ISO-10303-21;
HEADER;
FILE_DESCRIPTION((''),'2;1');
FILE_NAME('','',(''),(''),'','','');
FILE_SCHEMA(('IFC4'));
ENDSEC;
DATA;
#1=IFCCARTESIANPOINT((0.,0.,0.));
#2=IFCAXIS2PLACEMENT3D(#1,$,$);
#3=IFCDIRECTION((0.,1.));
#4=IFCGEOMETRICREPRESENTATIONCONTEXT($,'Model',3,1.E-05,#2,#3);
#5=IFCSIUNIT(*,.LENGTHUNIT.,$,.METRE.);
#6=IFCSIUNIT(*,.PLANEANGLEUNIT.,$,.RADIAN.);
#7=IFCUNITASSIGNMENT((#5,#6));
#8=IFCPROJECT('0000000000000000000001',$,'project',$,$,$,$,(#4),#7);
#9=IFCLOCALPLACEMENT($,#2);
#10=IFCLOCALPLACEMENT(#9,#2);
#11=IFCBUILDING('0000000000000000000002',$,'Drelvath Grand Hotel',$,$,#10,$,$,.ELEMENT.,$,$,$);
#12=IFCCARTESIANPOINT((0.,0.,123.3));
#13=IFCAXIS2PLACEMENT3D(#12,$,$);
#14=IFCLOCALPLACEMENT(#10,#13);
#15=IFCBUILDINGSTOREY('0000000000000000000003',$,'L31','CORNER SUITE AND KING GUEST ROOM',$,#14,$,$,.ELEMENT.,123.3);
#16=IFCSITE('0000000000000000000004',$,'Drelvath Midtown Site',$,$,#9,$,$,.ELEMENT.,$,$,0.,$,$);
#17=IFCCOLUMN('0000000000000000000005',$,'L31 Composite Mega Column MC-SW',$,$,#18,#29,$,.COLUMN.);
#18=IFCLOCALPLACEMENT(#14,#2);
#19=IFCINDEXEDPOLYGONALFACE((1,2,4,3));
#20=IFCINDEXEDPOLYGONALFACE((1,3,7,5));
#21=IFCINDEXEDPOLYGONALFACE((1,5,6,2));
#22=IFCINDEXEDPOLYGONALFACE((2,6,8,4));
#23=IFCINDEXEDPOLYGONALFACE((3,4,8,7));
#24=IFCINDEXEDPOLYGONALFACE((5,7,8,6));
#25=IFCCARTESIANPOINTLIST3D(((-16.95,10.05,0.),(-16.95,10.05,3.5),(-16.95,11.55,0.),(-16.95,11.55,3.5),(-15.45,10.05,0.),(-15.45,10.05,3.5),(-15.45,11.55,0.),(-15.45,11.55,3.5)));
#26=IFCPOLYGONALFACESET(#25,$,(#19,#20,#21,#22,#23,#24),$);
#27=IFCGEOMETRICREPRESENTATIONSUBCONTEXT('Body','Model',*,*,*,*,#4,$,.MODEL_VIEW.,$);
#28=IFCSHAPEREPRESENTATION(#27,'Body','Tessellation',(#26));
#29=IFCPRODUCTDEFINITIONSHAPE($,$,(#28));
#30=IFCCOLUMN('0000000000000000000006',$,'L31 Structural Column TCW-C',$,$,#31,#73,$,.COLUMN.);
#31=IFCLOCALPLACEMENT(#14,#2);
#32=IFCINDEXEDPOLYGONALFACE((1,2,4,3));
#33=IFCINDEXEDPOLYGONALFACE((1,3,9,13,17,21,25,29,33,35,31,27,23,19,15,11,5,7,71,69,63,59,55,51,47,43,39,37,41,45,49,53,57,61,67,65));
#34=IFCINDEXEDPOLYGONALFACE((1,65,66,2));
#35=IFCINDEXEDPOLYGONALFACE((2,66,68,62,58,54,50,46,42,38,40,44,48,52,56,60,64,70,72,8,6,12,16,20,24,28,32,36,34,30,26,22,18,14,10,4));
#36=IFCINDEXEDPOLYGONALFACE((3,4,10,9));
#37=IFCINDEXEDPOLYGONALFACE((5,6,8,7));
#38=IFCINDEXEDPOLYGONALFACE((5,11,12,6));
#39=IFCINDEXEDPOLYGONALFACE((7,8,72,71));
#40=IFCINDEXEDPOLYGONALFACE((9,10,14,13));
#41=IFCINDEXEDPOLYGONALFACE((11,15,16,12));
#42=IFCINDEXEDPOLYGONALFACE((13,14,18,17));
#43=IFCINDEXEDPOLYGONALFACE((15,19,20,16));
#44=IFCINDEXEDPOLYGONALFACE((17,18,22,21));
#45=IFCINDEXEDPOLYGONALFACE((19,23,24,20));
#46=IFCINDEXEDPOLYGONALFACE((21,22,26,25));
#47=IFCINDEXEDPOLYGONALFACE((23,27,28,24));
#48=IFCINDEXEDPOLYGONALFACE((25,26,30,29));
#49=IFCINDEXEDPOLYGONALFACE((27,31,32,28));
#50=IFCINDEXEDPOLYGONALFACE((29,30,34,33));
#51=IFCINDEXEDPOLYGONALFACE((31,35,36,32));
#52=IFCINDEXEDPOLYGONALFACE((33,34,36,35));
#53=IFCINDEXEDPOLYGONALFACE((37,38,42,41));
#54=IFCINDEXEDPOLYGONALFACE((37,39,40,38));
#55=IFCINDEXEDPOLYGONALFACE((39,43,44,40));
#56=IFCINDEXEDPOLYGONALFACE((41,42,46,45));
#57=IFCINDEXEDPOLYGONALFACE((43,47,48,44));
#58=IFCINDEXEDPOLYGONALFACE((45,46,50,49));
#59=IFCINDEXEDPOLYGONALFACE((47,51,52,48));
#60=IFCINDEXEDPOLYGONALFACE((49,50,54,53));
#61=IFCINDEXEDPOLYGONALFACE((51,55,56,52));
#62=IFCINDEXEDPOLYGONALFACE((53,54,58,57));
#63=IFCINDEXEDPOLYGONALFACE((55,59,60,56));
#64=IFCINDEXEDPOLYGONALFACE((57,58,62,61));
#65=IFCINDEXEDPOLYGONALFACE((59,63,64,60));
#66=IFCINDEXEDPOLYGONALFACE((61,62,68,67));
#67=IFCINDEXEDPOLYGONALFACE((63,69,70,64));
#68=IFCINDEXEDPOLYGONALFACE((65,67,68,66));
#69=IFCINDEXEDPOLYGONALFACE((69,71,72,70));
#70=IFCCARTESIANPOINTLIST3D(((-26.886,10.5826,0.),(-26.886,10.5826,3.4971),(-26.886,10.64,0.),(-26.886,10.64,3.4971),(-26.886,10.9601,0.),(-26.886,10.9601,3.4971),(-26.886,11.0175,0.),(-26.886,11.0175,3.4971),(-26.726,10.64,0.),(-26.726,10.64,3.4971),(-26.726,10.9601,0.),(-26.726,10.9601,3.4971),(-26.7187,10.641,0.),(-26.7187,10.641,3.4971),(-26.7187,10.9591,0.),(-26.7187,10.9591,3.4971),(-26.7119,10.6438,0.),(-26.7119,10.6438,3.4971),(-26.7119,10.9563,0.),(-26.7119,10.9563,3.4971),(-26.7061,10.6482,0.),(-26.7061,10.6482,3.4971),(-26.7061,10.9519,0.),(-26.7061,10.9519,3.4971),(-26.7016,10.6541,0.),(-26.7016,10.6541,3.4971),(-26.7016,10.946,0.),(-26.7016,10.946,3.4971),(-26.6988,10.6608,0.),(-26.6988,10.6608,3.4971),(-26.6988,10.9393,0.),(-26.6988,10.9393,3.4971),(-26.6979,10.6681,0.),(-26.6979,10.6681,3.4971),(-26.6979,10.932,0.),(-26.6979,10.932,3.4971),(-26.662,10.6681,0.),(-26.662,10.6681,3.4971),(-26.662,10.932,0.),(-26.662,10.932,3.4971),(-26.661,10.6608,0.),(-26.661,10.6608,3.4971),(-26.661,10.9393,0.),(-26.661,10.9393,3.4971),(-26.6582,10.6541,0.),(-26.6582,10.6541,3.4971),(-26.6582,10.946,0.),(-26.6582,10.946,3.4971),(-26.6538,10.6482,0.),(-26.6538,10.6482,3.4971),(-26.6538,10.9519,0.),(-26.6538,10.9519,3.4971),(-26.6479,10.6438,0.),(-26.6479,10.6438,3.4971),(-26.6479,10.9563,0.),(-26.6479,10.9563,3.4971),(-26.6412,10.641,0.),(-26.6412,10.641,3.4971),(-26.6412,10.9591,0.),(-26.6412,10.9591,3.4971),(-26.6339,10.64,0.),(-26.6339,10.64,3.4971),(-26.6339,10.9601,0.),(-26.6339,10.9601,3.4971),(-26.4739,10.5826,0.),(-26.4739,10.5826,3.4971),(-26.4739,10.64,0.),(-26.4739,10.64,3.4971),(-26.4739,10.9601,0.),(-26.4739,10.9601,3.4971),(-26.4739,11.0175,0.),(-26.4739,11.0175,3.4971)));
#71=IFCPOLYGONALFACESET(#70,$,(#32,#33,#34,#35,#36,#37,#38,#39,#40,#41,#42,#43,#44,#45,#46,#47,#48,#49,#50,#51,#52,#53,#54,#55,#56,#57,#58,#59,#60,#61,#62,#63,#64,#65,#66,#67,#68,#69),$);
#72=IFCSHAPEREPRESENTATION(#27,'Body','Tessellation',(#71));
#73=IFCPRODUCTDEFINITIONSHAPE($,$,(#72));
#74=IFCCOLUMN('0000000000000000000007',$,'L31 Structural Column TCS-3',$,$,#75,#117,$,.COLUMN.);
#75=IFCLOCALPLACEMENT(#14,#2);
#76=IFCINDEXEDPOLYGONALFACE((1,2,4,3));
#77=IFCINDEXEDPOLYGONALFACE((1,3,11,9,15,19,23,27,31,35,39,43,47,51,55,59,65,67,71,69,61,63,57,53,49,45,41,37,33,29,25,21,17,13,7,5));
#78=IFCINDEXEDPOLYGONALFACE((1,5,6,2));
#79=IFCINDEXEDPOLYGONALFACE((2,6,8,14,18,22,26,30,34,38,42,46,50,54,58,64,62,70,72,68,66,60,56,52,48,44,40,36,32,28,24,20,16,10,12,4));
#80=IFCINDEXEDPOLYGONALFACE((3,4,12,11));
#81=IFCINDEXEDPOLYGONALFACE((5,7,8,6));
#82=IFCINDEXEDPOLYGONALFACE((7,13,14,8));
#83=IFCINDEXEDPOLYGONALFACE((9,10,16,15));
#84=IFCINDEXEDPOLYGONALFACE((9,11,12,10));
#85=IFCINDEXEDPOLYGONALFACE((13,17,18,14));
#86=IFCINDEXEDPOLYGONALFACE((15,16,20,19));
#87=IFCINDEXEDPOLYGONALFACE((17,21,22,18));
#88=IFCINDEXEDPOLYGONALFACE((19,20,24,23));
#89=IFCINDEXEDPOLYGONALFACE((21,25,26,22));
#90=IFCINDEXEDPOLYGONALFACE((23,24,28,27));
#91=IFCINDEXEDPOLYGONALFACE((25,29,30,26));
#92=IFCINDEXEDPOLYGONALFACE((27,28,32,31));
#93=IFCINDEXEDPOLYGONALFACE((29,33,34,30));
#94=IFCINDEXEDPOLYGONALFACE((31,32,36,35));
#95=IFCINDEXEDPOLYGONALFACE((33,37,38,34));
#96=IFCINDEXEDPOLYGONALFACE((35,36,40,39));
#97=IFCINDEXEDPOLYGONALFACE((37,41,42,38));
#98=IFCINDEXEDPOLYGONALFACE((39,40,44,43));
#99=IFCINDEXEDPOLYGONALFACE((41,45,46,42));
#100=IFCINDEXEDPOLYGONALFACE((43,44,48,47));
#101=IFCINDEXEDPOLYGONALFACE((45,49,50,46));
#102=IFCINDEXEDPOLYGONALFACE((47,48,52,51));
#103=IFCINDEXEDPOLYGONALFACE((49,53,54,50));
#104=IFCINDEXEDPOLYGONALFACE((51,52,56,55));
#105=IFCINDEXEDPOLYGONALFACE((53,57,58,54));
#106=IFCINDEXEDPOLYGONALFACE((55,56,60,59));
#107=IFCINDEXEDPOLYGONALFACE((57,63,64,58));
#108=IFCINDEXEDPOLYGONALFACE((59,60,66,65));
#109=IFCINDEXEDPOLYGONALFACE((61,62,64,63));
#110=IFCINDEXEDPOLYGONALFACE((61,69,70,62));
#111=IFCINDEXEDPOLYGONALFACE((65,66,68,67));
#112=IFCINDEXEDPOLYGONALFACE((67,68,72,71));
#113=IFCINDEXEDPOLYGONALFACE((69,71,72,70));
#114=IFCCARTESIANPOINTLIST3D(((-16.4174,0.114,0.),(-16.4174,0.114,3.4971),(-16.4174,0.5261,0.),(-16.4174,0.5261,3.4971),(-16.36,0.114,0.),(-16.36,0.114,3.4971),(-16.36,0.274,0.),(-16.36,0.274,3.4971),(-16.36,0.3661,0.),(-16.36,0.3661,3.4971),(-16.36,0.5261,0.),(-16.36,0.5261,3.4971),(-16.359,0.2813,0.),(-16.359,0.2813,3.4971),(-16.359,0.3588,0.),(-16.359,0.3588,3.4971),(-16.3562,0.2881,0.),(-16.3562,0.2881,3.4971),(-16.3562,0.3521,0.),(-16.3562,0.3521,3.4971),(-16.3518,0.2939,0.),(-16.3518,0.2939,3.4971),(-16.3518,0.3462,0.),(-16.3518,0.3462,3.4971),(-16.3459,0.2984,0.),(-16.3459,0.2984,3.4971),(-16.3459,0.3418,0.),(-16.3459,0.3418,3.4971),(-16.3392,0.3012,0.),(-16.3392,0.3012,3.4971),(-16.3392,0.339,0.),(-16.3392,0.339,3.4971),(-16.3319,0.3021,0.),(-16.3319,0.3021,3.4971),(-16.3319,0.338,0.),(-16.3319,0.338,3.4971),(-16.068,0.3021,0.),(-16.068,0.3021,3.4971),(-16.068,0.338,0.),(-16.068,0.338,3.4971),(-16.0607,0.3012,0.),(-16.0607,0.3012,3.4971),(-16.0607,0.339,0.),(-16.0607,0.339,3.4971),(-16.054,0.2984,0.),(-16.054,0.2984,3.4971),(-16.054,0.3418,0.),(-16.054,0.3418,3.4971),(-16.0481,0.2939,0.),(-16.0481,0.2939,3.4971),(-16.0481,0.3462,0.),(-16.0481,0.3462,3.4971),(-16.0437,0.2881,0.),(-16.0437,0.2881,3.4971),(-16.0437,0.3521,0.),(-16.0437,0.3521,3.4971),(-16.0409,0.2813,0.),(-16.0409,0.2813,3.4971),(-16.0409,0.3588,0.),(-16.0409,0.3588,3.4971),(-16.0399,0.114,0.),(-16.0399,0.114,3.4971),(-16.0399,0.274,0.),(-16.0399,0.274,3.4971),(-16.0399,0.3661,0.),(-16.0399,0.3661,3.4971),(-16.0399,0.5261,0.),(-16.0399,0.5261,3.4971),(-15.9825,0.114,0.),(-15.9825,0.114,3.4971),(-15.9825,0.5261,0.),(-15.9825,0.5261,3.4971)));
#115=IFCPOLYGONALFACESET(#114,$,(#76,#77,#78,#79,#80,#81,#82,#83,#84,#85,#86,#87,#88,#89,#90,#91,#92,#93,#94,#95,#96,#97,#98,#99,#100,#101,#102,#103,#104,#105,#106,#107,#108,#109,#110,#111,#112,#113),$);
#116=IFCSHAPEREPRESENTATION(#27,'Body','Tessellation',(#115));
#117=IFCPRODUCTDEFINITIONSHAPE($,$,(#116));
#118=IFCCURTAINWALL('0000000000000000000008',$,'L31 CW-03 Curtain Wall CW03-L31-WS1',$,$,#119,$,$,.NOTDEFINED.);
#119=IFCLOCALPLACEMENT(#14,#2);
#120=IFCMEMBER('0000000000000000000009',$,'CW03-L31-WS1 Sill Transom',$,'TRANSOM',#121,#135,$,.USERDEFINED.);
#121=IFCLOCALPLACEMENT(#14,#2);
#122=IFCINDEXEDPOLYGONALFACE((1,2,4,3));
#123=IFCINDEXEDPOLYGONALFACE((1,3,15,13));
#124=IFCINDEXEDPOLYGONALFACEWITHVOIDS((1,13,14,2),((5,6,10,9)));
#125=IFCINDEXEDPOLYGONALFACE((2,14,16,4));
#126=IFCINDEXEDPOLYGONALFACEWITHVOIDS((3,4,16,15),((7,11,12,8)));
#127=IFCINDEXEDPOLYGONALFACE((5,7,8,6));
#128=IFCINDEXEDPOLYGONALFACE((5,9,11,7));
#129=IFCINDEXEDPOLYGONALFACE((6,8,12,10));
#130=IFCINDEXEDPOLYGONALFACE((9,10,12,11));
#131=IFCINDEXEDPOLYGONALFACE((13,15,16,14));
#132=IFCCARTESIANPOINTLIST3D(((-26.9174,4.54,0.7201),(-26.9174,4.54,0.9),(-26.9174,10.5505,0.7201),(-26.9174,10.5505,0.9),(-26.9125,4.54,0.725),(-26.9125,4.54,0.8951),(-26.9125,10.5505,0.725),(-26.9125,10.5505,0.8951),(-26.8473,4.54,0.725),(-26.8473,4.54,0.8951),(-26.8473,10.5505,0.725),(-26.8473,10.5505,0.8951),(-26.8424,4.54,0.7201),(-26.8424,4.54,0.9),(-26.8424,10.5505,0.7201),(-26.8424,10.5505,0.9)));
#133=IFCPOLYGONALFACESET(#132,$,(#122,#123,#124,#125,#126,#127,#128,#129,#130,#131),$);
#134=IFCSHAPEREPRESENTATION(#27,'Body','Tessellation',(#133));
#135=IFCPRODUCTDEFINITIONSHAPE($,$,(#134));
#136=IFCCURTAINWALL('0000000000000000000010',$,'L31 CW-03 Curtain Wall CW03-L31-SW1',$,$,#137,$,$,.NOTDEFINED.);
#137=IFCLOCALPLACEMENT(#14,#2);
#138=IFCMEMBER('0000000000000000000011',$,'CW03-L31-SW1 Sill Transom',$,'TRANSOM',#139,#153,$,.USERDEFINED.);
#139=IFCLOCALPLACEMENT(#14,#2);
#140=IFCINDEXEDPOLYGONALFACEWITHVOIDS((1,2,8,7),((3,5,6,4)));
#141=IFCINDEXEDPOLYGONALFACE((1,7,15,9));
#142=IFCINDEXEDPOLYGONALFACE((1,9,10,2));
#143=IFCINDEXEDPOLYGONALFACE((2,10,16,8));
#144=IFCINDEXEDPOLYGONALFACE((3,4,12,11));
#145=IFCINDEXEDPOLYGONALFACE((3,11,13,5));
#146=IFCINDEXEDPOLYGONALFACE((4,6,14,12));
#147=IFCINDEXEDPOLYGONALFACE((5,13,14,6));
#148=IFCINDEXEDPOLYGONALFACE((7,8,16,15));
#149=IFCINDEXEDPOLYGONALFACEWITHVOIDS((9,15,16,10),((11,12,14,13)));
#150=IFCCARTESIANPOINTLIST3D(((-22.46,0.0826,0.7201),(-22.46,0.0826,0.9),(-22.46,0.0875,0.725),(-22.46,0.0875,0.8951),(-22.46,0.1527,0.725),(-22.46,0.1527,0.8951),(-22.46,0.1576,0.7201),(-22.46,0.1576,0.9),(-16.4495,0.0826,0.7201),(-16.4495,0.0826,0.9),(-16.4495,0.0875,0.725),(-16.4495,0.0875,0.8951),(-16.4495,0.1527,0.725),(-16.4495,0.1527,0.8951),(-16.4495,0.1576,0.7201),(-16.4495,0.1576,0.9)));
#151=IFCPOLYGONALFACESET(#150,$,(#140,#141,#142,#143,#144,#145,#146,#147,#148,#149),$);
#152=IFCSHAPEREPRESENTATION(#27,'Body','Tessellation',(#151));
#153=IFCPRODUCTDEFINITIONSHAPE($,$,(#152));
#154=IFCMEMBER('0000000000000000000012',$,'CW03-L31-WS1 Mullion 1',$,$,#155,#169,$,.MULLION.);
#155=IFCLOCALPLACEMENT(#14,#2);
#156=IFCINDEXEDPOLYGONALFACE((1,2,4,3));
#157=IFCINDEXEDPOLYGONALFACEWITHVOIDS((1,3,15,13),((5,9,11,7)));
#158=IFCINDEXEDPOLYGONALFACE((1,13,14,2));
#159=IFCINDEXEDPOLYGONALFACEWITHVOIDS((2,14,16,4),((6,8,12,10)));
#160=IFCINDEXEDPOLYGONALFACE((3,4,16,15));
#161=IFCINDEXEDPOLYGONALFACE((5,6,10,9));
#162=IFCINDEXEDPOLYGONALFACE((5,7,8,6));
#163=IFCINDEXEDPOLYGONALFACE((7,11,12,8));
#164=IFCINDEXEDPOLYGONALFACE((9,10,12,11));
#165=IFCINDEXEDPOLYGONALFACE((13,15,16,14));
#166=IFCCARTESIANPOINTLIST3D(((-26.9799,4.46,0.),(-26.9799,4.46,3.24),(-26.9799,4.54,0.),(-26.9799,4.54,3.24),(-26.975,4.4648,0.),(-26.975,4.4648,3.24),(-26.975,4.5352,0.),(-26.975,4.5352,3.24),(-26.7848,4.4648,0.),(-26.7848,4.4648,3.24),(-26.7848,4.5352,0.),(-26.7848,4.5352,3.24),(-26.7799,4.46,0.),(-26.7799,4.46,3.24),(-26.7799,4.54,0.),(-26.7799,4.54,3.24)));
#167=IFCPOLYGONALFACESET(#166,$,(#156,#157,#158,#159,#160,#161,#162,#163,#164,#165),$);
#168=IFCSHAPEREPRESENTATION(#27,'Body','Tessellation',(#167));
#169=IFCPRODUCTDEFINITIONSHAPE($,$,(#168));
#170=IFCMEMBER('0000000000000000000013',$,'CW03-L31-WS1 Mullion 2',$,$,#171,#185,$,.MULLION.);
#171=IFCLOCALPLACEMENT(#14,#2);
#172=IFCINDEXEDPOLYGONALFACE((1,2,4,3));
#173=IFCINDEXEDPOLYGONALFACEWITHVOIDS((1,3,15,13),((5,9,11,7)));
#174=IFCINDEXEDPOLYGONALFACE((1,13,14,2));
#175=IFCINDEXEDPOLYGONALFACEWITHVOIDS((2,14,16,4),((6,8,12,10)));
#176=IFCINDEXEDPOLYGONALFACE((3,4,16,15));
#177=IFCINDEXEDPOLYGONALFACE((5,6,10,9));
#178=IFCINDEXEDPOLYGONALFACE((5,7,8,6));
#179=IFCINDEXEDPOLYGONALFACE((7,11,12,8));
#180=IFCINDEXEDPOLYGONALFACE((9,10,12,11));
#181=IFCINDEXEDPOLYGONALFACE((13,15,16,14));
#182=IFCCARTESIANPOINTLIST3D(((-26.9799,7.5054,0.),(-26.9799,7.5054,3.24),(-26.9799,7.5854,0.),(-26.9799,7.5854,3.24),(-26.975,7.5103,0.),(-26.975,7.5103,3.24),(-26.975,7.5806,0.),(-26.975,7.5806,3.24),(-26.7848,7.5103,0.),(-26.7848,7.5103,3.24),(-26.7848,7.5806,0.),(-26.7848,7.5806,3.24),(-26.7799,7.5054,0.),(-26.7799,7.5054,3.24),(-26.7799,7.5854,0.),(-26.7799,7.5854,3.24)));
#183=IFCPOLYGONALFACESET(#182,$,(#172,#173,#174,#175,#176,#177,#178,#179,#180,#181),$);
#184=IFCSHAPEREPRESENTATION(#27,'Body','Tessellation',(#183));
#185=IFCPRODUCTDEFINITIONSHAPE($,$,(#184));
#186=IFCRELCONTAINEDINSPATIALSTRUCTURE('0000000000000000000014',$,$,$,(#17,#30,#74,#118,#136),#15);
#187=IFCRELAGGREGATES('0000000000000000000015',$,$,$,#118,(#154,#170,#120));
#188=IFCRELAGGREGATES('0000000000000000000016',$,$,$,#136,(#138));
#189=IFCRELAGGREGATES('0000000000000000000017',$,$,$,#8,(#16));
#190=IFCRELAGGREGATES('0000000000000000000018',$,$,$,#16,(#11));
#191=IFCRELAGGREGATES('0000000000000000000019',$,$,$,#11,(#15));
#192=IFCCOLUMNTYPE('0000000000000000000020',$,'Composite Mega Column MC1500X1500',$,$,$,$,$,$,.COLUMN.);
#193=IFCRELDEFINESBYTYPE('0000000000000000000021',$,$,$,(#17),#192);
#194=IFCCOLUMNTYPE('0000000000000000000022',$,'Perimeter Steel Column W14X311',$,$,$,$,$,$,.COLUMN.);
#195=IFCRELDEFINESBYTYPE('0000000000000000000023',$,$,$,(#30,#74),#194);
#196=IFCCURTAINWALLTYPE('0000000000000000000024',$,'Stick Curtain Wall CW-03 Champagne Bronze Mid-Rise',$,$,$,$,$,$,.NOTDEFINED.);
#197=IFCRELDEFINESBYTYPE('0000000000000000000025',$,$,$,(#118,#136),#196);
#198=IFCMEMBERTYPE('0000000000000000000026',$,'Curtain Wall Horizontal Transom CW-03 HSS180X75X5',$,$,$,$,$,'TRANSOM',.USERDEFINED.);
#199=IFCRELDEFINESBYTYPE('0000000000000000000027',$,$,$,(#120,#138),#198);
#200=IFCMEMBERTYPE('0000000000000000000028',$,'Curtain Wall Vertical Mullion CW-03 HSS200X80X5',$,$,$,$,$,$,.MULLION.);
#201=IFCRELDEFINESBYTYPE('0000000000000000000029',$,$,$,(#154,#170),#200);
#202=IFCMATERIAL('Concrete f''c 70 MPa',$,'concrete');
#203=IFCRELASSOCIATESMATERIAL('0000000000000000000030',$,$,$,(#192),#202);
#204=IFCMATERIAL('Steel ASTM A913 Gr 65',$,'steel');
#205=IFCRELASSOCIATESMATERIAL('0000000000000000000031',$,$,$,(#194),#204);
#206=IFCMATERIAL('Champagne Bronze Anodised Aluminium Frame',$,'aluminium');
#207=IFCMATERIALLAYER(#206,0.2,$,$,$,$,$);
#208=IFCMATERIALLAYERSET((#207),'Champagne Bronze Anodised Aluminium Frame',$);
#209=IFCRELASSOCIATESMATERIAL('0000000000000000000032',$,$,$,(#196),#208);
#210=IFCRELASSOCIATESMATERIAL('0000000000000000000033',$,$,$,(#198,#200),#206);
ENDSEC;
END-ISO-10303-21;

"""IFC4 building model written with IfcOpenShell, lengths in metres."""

from ifc_helpers import new_model, si_unit, direction, frame, origin, origin_2d, place, context, subcontext, project, spatial, rectangle, hollow_rectangle, i_section, extrude, material, layer, layer_set, material_profile, profile_set, type_object, element, aggregate, save


model = new_model("IFC4")

# Units and contexts
model_context = context("Model", 3, precision=1e-05, world=origin(), true_north=direction((0.0, 1.0)))
body_context = subcontext(model_context, "Body", "Model", "MODEL_VIEW")
ifc_project = project(units=[si_unit("LENGTHUNIT", "METRE"), si_unit("PLANEANGLEUNIT", "RADIAN")], contexts=[model_context])

# Site, building, storey
site_placement = place(None, origin())
site = spatial("IfcSite", under=ifc_project, at=site_placement, Name="Drelvath Midtown Site", CompositionType="ELEMENT", RefElevation=0.0)
building_placement = place(site_placement, origin())
building = spatial("IfcBuilding", under=site, at=building_placement, Name="Drelvath Grand Hotel", CompositionType="ELEMENT")
storey_placement = place(building_placement, frame((0.0, 0.0, 123.3)))
storey = spatial("IfcBuildingStorey", under=building, at=storey_placement, Name="L31", Description="CORNER SUITE AND KING GUEST ROOM", CompositionType="ELEMENT", Elevation=123.3)

# Columns
ifc_material_1 = material(Name="Concrete f'c 70 MPa", Category="concrete")
ifc_material_profile_1 = material_profile(ifc_material_1, rectangle(XDim=1.5, YDim=1.5, at=origin_2d()), Name="MC1500X1500")
ifc_profile_set_1 = profile_set([ifc_material_profile_1], Name="Concrete f'c 70 MPa")
column_type_1 = type_object("IfcColumnType", Name="Composite Mega Column MC1500X1500", PredefinedType="COLUMN", material=ifc_profile_set_1)
column_placement = place(storey_placement, frame((-16.2, 10.8, 0.0), z_axis=(0.0, 0.0, 1.0), x_axis=(1.0, 0.0, 0.0)))
element("IfcColumn", 1, at=column_placement, inside=storey, type_object=column_type_1, Name="L31 Composite Mega Column MC-SW", PredefinedType="COLUMN", context=body_context, shape_type="SweptSolid", body=[
    extrude(rectangle(XDim=1.5, YDim=1.5, at=origin_2d()), origin(), (0.0, 0.0, 1.0), 3.5),
])
ifc_material_2 = material(Name="Steel ASTM A913 Gr 65", Category="steel")
ifc_material_profile_2 = material_profile(ifc_material_2, i_section(OverallWidth=0.4121, OverallDepth=0.4348, WebThickness=0.0359, FlangeThickness=0.0574, FilletRadius=0.0281, at=origin_2d()), Name="W14X311")
ifc_profile_set_2 = profile_set([ifc_material_profile_2], Name="Steel ASTM A913 Gr 65")
column_type_2 = type_object("IfcColumnType", Name="Perimeter Steel Column W14X311", PredefinedType="COLUMN", material=ifc_profile_set_2)
for number, where, z_axis, x_axis, name in (
    (2, (-26.6799, 10.8, 0.0), (0.0, 0.0, 1.0), (1.0, 0.0, 0.0), "L31 Structural Column TCW-C"),
    (3, (-16.2, 0.3201, 0.0), (0.0, 0.0, 1.0), (0.0, 1.0, 0.0), "L31 Structural Column TCS-3"),
):
    element("IfcColumn", number, at=place(storey_placement, frame(where, z_axis=z_axis, x_axis=x_axis)), inside=storey, type_object=column_type_2, Name=name, PredefinedType="COLUMN", context=body_context, shape_type="SweptSolid", body=[
        extrude(i_section(OverallWidth=0.4121, OverallDepth=0.4348, WebThickness=0.0359, FlangeThickness=0.0574, FilletRadius=0.0281, at=origin_2d()), origin(), (0.0, 0.0, 1.0), 3.4971),
    ])

# Curtain walls, members
ifc_material_3 = material(Name="Champagne Bronze Anodised Aluminium Frame", Category="aluminium")
ifc_layer_1 = layer(ifc_material_3, 0.2)
ifc_layer_set_1 = layer_set([ifc_layer_1], Name="Champagne Bronze Anodised Aluminium Frame")
curtain_wall_type = type_object("IfcCurtainWallType", Name="Stick Curtain Wall CW-03 Champagne Bronze Mid-Rise", PredefinedType="NOTDEFINED", material=ifc_layer_set_1)
curtain_wall_1_placement = place(storey_placement, origin())
curtain_wall_1 = element("IfcCurtainWall", 4, at=curtain_wall_1_placement, inside=storey, type_object=curtain_wall_type, Name="L31 CW-03 Curtain Wall CW03-L31-WS1", PredefinedType="NOTDEFINED")
ifc_material_profile_3 = material_profile(ifc_material_3, hollow_rectangle(XDim=0.075, YDim=0.1799, WallThickness=0.0049, at=origin_2d()), Name="HSS180X75X5")
ifc_profile_set_3 = profile_set([ifc_material_profile_3], Name="Champagne Bronze Anodised Aluminium Frame")
member_type_1 = type_object("IfcMemberType", Name="Curtain Wall Horizontal Transom CW-03 HSS180X75X5", ElementType="TRANSOM", PredefinedType="USERDEFINED", material=ifc_profile_set_3)
member_1_placement = place(storey_placement, frame((-26.8799, 4.54, 0.8101), z_axis=(0.0, 1.0, 0.0), x_axis=(-1.0, 0.0, 0.0)))
member_1 = element("IfcMember", 5, at=member_1_placement, type_object=member_type_1, Name="CW03-L31-WS1 Sill Transom", ObjectType="TRANSOM", PredefinedType="USERDEFINED", context=body_context, shape_type="SweptSolid", body=[
    extrude(hollow_rectangle(XDim=0.075, YDim=0.1799, WallThickness=0.0049, at=origin_2d()), origin(), (0.0, 0.0, 1.0), 6.0105),
])
curtain_wall_2_placement = place(storey_placement, origin())
curtain_wall_2 = element("IfcCurtainWall", 6, at=curtain_wall_2_placement, inside=storey, type_object=curtain_wall_type, Name="L31 CW-03 Curtain Wall CW03-L31-SW1", PredefinedType="NOTDEFINED")
member_2_placement = place(storey_placement, frame((-16.4495, 0.1201, 0.8101), z_axis=(-1.0, 0.0, 0.0), x_axis=(0.0, -1.0, 0.0)))
member_2 = element("IfcMember", 7, at=member_2_placement, type_object=member_type_1, Name="CW03-L31-SW1 Sill Transom", ObjectType="TRANSOM", PredefinedType="USERDEFINED", context=body_context, shape_type="SweptSolid", body=[
    extrude(hollow_rectangle(XDim=0.075, YDim=0.1799, WallThickness=0.0049, at=origin_2d()), origin(), (0.0, 0.0, 1.0), 6.0105),
])

# Members
ifc_material_profile_4 = material_profile(ifc_material_3, hollow_rectangle(XDim=0.0801, YDim=0.2, WallThickness=0.0049, at=origin_2d()), Name="HSS200X80X5")
ifc_profile_set_4 = profile_set([ifc_material_profile_4], Name="Champagne Bronze Anodised Aluminium Frame")
member_type_2 = type_object("IfcMemberType", Name="Curtain Wall Vertical Mullion CW-03 HSS200X80X5", PredefinedType="MULLION", material=ifc_profile_set_4)
member_3_placement = place(storey_placement, frame((-26.8799, 4.5, 0.0), z_axis=(0.0, 0.0, 1.0), x_axis=(0.0, 1.0, 0.0)))
member_3 = element("IfcMember", 8, at=member_3_placement, type_object=member_type_2, Name="CW03-L31-WS1 Mullion 1", PredefinedType="MULLION", context=body_context, shape_type="SweptSolid", body=[
    extrude(hollow_rectangle(XDim=0.0801, YDim=0.2, WallThickness=0.0049, at=origin_2d()), origin(), (0.0, 0.0, 1.0), 3.24),
])
member_4_placement = place(storey_placement, frame((-26.8799, 7.5454, 0.0), z_axis=(0.0, 0.0, 1.0), x_axis=(0.0, 1.0, 0.0)))
member_4 = element("IfcMember", 9, at=member_4_placement, type_object=member_type_2, Name="CW03-L31-WS1 Mullion 2", PredefinedType="MULLION", context=body_context, shape_type="SweptSolid", body=[
    extrude(hollow_rectangle(XDim=0.0801, YDim=0.2, WallThickness=0.0049, at=origin_2d()), origin(), (0.0, 0.0, 1.0), 3.24),
])

aggregate(curtain_wall_1, [member_3, member_4, member_1])
aggregate(curtain_wall_2, [member_2])

save(model, "model.ifc")
